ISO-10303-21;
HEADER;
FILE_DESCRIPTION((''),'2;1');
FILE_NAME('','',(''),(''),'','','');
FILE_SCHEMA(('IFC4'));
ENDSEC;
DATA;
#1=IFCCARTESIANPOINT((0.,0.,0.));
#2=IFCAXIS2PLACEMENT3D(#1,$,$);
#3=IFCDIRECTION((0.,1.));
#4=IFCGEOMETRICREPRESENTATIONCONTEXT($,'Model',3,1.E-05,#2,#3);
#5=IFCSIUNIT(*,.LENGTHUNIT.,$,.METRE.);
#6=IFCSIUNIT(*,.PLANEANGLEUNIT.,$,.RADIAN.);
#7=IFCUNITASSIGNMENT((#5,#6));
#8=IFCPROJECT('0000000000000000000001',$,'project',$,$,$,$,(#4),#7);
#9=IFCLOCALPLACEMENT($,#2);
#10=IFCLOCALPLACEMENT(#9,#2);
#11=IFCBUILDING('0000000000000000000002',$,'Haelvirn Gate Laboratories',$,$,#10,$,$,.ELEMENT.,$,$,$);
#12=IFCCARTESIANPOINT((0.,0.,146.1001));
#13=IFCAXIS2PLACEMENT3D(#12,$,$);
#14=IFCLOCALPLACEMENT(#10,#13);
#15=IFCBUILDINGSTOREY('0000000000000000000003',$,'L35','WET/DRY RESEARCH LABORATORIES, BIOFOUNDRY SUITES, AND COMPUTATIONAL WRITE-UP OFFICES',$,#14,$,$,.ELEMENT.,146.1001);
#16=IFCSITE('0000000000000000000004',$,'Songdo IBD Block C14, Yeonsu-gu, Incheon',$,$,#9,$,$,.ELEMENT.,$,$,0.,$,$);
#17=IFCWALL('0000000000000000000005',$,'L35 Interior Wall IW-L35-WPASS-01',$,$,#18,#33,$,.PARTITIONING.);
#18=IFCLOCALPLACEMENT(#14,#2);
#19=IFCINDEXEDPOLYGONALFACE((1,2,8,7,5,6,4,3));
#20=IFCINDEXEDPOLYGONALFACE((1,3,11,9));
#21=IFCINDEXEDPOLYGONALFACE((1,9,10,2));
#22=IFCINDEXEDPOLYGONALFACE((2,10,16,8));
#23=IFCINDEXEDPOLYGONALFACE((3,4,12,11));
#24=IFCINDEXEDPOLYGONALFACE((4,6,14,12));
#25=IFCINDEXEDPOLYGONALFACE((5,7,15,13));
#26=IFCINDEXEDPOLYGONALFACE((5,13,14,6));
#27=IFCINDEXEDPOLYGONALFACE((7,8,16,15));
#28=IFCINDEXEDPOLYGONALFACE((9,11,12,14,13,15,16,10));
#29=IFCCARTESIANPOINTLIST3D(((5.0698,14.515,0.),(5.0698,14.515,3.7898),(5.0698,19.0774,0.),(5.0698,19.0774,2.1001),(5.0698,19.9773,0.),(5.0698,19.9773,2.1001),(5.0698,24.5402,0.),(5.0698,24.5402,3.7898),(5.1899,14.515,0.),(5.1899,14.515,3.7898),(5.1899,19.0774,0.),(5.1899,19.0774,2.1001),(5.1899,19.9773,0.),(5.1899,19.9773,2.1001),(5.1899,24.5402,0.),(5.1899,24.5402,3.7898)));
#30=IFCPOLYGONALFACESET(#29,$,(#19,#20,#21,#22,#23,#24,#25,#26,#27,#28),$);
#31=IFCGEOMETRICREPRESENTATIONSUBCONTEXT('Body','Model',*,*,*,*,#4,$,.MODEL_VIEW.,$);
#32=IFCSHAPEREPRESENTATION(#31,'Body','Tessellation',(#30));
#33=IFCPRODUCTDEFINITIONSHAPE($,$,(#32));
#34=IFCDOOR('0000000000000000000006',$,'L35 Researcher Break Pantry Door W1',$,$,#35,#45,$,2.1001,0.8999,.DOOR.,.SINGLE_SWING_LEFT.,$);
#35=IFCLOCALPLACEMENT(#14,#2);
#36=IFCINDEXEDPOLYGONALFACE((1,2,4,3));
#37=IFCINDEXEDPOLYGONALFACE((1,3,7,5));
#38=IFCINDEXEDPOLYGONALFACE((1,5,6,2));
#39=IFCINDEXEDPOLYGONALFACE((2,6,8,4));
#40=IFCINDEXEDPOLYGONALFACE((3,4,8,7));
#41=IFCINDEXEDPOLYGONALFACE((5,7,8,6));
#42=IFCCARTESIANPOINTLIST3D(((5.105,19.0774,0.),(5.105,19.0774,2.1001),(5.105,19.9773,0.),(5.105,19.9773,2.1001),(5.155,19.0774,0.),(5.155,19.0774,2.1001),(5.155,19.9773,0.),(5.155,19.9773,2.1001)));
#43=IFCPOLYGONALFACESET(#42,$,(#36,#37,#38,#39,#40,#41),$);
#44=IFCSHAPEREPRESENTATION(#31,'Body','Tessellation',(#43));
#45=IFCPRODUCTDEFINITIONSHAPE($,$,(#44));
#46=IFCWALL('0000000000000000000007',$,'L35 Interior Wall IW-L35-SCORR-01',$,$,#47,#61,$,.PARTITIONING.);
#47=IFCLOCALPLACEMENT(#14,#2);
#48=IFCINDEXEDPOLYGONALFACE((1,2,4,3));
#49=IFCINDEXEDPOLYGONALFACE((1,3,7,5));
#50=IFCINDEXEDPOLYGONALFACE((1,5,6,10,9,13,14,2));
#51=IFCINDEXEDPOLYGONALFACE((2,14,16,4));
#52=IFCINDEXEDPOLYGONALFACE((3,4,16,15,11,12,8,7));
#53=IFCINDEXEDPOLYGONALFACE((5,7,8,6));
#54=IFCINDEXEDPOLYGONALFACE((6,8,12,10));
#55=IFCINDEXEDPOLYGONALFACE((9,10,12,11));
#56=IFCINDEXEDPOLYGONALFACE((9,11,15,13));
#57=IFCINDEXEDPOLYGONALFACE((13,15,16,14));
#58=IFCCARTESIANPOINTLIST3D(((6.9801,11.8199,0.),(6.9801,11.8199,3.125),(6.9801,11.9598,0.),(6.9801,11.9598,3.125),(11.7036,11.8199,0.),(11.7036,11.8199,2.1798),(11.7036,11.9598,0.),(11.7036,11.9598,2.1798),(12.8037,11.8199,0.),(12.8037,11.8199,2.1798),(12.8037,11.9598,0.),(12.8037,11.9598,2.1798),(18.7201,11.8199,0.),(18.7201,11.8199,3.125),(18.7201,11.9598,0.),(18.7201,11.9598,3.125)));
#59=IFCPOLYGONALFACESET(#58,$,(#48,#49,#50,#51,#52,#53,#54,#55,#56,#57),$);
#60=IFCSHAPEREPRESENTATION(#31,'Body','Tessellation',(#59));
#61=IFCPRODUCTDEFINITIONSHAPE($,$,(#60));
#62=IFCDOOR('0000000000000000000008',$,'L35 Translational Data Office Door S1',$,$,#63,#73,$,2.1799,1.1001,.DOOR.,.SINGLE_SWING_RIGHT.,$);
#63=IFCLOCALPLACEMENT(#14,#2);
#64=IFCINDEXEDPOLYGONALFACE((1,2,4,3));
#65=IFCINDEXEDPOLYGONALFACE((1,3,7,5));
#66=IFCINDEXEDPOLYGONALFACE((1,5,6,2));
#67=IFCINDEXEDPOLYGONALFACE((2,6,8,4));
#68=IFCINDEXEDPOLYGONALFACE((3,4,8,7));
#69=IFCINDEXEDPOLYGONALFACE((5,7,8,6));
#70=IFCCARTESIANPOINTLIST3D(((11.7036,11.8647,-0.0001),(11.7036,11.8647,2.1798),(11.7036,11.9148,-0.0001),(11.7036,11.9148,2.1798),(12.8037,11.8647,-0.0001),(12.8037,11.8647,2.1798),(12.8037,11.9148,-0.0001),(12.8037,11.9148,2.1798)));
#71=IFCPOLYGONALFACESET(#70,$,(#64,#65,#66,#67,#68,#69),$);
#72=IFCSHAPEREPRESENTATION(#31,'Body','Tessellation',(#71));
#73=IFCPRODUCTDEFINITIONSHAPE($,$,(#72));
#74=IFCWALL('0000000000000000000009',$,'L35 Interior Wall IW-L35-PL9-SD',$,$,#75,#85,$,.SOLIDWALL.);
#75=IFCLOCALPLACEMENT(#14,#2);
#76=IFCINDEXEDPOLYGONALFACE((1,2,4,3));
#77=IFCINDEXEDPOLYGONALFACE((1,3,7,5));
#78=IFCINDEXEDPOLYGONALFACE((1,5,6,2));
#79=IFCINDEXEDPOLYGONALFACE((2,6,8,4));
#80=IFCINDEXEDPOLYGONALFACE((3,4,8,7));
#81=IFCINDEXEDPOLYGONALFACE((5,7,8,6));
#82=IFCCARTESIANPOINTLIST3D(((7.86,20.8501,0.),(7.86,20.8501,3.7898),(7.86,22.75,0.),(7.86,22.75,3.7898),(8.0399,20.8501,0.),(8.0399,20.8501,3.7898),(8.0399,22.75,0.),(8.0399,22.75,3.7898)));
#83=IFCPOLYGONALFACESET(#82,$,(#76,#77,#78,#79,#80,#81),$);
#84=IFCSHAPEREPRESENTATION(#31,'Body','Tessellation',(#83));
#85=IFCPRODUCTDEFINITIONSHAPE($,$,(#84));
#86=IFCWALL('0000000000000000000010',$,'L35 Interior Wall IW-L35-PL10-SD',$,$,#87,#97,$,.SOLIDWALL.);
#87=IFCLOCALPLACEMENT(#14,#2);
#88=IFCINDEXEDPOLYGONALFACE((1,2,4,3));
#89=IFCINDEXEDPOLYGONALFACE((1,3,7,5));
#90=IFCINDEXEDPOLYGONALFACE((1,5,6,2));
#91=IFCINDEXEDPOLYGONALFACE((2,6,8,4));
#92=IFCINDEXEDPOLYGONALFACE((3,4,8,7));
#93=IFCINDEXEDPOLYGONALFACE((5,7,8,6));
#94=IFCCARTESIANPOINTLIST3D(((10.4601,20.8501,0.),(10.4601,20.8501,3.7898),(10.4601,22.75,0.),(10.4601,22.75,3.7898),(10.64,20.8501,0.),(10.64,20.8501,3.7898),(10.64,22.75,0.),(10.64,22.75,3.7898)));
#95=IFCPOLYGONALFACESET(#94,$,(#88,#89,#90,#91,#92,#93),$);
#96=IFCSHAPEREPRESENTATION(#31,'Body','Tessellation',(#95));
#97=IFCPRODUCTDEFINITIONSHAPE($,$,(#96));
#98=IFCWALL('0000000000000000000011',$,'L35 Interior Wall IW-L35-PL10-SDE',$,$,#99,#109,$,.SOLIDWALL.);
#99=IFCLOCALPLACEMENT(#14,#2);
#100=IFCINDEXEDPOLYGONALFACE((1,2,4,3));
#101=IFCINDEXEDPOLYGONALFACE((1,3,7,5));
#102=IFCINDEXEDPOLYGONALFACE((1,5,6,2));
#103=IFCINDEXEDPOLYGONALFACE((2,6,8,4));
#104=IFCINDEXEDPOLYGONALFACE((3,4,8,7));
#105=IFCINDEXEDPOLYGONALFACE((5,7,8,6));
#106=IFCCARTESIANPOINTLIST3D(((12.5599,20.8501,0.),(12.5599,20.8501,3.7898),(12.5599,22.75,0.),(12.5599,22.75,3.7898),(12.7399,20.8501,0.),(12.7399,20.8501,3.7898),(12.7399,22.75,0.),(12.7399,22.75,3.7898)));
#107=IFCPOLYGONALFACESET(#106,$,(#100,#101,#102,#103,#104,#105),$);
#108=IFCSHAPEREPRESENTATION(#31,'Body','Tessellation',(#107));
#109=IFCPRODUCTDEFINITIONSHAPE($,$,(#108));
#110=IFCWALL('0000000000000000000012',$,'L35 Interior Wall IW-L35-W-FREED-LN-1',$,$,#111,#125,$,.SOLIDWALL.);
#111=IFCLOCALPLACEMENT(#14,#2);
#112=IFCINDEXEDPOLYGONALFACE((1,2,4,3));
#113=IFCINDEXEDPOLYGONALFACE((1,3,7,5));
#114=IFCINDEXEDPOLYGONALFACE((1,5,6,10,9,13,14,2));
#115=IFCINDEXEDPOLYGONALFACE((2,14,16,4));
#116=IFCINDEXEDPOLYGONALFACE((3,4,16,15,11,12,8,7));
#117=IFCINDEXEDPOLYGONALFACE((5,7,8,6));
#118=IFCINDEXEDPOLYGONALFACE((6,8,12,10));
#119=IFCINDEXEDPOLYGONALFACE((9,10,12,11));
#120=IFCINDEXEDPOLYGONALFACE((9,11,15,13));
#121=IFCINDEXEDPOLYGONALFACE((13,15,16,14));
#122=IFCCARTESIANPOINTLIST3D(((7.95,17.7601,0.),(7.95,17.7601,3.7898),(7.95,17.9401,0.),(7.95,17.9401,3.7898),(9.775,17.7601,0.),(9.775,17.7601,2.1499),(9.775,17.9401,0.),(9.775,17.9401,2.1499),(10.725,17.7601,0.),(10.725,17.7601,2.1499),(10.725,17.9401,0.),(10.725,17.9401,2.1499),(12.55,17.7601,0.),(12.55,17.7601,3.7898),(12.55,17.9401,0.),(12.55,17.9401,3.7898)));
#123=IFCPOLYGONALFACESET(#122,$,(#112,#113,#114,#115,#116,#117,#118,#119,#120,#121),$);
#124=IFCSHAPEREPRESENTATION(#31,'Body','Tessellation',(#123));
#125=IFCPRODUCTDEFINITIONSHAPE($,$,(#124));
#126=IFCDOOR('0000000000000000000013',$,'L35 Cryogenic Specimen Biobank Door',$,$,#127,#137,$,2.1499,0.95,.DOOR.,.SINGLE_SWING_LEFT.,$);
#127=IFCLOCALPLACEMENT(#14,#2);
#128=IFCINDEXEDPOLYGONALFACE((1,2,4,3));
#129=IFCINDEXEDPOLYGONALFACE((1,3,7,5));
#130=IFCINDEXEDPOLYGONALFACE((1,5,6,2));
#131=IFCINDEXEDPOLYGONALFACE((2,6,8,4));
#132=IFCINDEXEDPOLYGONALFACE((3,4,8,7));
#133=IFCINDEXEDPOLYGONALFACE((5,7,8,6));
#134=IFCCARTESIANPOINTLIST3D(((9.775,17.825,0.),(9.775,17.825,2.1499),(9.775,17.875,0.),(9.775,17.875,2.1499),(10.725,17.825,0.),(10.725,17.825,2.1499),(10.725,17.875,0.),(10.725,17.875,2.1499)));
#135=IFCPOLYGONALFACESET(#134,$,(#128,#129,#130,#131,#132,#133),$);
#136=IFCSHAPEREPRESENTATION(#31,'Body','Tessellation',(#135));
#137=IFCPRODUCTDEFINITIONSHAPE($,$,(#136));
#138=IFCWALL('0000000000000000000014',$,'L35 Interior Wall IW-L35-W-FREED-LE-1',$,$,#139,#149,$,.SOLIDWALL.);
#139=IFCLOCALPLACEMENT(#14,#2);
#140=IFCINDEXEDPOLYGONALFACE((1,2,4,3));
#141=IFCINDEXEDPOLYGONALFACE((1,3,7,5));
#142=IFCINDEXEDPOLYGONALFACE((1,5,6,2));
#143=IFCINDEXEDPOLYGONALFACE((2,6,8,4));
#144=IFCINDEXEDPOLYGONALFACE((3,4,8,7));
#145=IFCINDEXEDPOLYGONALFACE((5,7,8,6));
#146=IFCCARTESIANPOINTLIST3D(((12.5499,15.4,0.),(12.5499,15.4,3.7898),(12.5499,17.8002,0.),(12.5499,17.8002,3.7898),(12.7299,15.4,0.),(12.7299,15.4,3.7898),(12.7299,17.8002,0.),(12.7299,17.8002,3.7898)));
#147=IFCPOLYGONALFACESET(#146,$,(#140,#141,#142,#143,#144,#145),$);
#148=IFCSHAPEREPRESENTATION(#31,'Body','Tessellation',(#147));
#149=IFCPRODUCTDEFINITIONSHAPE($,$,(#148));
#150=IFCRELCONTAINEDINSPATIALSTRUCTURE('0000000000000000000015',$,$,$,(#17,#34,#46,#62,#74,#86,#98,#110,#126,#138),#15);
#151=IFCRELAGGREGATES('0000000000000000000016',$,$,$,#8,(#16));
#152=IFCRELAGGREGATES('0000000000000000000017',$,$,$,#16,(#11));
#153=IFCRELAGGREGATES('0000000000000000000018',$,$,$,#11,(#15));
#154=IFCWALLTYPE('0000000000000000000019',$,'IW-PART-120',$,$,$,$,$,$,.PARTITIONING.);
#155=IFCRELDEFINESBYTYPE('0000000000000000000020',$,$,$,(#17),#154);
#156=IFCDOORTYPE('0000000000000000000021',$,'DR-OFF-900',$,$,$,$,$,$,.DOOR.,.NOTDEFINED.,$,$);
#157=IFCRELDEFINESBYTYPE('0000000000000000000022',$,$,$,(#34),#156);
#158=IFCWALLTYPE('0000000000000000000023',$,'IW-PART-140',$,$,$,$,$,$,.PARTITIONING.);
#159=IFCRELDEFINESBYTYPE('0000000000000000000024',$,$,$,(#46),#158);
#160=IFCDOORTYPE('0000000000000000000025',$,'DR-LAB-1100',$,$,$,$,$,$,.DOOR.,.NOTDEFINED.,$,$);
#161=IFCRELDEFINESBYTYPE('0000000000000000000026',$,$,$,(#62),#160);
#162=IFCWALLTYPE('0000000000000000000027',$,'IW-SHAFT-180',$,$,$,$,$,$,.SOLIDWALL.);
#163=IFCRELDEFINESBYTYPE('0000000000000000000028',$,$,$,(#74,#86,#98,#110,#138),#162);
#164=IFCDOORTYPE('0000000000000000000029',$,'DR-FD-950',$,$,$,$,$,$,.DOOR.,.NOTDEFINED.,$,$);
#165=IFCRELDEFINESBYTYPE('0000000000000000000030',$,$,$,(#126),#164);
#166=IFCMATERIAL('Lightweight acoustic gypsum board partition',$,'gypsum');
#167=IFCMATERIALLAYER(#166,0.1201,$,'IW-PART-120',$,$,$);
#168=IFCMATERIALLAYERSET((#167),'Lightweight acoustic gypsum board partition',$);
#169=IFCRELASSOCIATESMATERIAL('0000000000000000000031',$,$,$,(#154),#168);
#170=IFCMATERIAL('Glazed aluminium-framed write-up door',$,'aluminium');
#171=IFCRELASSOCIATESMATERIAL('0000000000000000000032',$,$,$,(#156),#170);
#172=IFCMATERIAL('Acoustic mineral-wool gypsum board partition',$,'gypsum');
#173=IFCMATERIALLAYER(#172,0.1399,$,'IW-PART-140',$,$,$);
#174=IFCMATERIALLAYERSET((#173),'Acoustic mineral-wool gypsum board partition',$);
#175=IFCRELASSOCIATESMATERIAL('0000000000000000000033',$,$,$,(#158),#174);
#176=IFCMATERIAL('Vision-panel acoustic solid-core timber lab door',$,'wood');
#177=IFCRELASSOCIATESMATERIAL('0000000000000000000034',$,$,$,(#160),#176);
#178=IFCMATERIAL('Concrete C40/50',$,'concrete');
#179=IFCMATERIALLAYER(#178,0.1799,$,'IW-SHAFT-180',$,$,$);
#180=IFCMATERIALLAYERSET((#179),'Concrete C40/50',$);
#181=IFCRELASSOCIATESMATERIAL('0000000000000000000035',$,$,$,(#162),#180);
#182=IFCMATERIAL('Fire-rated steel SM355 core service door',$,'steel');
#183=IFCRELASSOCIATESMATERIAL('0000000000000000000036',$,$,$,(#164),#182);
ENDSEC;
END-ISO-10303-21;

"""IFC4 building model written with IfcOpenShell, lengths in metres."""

from ifc_helpers import new_model, si_unit, direction, frame, frame_2d, origin, place, context, subcontext, project, spatial, rectangle, extrude, source, transform, mapped, material, layer, layer_set, type_object, type_shapes, element, fill, save


model = new_model("IFC4")

# Units and contexts
model_context = context("Model", 3, precision=1e-05, world=origin(), true_north=direction((0.0, 1.0)))
body_context = subcontext(model_context, "Body", "Model", "MODEL_VIEW")
ifc_project = project(units=[si_unit("LENGTHUNIT", "METRE"), si_unit("PLANEANGLEUNIT", "RADIAN")], contexts=[model_context])

# Site, building, storey
site_placement = place(None, origin())
site = spatial("IfcSite", under=ifc_project, at=site_placement, Name="Songdo IBD Block C14, Yeonsu-gu, Incheon", CompositionType="ELEMENT", RefElevation=0.0)
building_placement = place(site_placement, origin())
building = spatial("IfcBuilding", under=site, at=building_placement, Name="Haelvirn Gate Laboratories", CompositionType="ELEMENT")
storey_placement = place(building_placement, frame((0.0, 0.0, 146.1001)))
storey = spatial("IfcBuildingStorey", under=building, at=storey_placement, Name="L35", Description="WET/DRY RESEARCH LABORATORIES, BIOFOUNDRY SUITES, AND COMPUTATIONAL WRITE-UP OFFICES", CompositionType="ELEMENT", Elevation=146.1001)

# Shared definitions
ifc_material_1 = material(Name="Lightweight acoustic gypsum board partition", Category="gypsum")
ifc_layer_1 = layer(ifc_material_1, 0.1201, Name="IW-PART-120")
ifc_layer_set_1 = layer_set([ifc_layer_1], Name="Lightweight acoustic gypsum board partition")
wall_type_1 = type_object("IfcWallType", Name="IW-PART-120", PredefinedType="PARTITIONING", material=ifc_layer_set_1)

# Walls, openings, doors
wall_1_placement = place(storey_placement, frame((5.1299, 14.5149, 0.0), z_axis=(0.0, 0.0, 1.0), x_axis=(0.0, 1.0, 0.0)))
wall_1 = element("IfcWall", 1, at=wall_1_placement, inside=storey, type_object=wall_type_1, Name="L35 Interior Wall IW-L35-WPASS-01", PredefinedType="PARTITIONING", context=body_context, shape_type="SweptSolid", body=[
    extrude(rectangle(XDim=10.0251, YDim=0.1201, at=frame_2d((5.0127, 0.0))), origin(), (0.0, 0.0, 1.0), 3.7898),
])
opening_1_placement = place(wall_1_placement, frame((4.5625, 0.0, 0.0)))
opening_1 = element("IfcOpeningElement", 2, at=opening_1_placement, cuts=wall_1, PredefinedType="OPENING", context=body_context, shape_type="SweptSolid", body=[
    extrude(rectangle(XDim=0.8999, YDim=2.1001, at=frame_2d((0.45, 1.05))), frame((0.0, 0.0701, 0.0), z_axis=(0.0, -1.0, 0.0), x_axis=(1.0, 0.0, 0.0)), (0.0, 0.0, 1.0), 0.1401),
])
ifc_material_2 = material(Name="Glazed aluminium-framed write-up door", Category="aluminium")
door_type_1 = type_object("IfcDoorType", Name="DR-OFF-900", OperationType="NOTDEFINED", PredefinedType="DOOR", material=ifc_material_2)
shared_shape_1 = source(origin(), body_context, "Body", "SweptSolid", [
    extrude(rectangle(XDim=0.8999, YDim=2.1001, at=frame_2d((0.45, 1.05))), frame((0.0, 0.0249, 0.0), z_axis=(0.0, -1.0, 0.0), x_axis=(1.0, 0.0, 0.0)), (0.0, 0.0, 1.0), 0.05),
])
type_shapes(door_type_1, [shared_shape_1])
door_1_placement = place(opening_1_placement, origin())
door_1 = element("IfcDoor", 3, at=door_1_placement, inside=storey, type_object=door_type_1, Name="L35 Researcher Break Pantry Door W1", OperationType="SINGLE_SWING_LEFT", OverallHeight=2.1001, OverallWidth=0.8999, PredefinedType="DOOR", context=body_context, shape_type="MappedRepresentation", body=[
    mapped(shared_shape_1, transform((0.0, 0.0, 0.0), scale=1.0)),
])
fill(opening_1, door_1)
ifc_material_3 = material(Name="Acoustic mineral-wool gypsum board partition", Category="gypsum")
ifc_layer_2 = layer(ifc_material_3, 0.1399, Name="IW-PART-140")
ifc_layer_set_2 = layer_set([ifc_layer_2], Name="Acoustic mineral-wool gypsum board partition")
wall_type_2 = type_object("IfcWallType", Name="IW-PART-140", PredefinedType="PARTITIONING", material=ifc_layer_set_2)
wall_2_placement = place(storey_placement, frame((6.98, 11.8899, 0.0), z_axis=(0.0, 0.0, 1.0), x_axis=(1.0, 0.0, 0.0)))
wall_2 = element("IfcWall", 4, at=wall_2_placement, inside=storey, type_object=wall_type_2, Name="L35 Interior Wall IW-L35-SCORR-01", PredefinedType="PARTITIONING", context=body_context, shape_type="SweptSolid", body=[
    extrude(rectangle(XDim=11.74, YDim=0.1399, at=frame_2d((5.8701, 0.0))), origin(), (0.0, 0.0, 1.0), 3.125),
])
opening_2_placement = place(wall_2_placement, frame((4.7236, 0.0, 0.0)))
opening_2 = element("IfcOpeningElement", 5, at=opening_2_placement, cuts=wall_2, PredefinedType="OPENING", context=body_context, shape_type="SweptSolid", body=[
    extrude(rectangle(XDim=1.1001, YDim=2.1799, at=frame_2d((0.55, 1.0898))), frame((0.0, 0.0801, 0.0), z_axis=(0.0, -1.0, 0.0), x_axis=(1.0, 0.0, 0.0)), (0.0, 0.0, 1.0), 0.1599),
])
ifc_material_4 = material(Name="Vision-panel acoustic solid-core timber lab door", Category="wood")
door_type_2 = type_object("IfcDoorType", Name="DR-LAB-1100", OperationType="NOTDEFINED", PredefinedType="DOOR", material=ifc_material_4)
shared_shape_2 = source(origin(), body_context, "Body", "SweptSolid", [
    extrude(rectangle(XDim=1.1001, YDim=2.1799, at=frame_2d((0.55, 1.0898))), frame((0.0, 0.0249, 0.0), z_axis=(0.0, -1.0, 0.0), x_axis=(1.0, 0.0, 0.0)), (0.0, 0.0, 1.0), 0.05),
])
type_shapes(door_type_2, [shared_shape_2])
door_2_placement = place(opening_2_placement, origin())
door_2 = element("IfcDoor", 6, at=door_2_placement, inside=storey, type_object=door_type_2, Name="L35 Translational Data Office Door S1", OperationType="SINGLE_SWING_RIGHT", OverallHeight=2.1799, OverallWidth=1.1001, PredefinedType="DOOR", context=body_context, shape_type="MappedRepresentation", body=[
    mapped(shared_shape_2, transform((0.0, 0.0, 0.0), scale=1.0)),
])
fill(opening_2, door_2)

# Walls
ifc_material_5 = material(Name="Concrete C40/50", Category="concrete")
ifc_layer_3 = layer(ifc_material_5, 0.1799, Name="IW-SHAFT-180")
ifc_layer_set_3 = layer_set([ifc_layer_3], Name="Concrete C40/50")
wall_type_3 = type_object("IfcWallType", Name="IW-SHAFT-180", PredefinedType="SOLIDWALL", material=ifc_layer_set_3)
for number, where, z_axis, x_axis, name in (
    (7, (7.95, 20.8501, 0.0), (0.0, 0.0, 1.0), (0.0, 1.0, 0.0), "L35 Interior Wall IW-L35-PL9-SD"),
    (8, (10.55, 20.8501, 0.0), (0.0, 0.0, 1.0), (0.0, 1.0, 0.0), "L35 Interior Wall IW-L35-PL10-SD"),
    (9, (12.6499, 20.8501, 0.0), (0.0, 0.0, 1.0), (0.0, 1.0, 0.0), "L35 Interior Wall IW-L35-PL10-SDE"),
):
    element("IfcWall", number, at=place(storey_placement, frame(where, z_axis=z_axis, x_axis=x_axis)), inside=storey, type_object=wall_type_3, Name=name, PredefinedType="SOLIDWALL", context=body_context, shape_type="SweptSolid", body=[
        extrude(rectangle(XDim=1.8999, YDim=0.1799, at=frame_2d((0.95, 0.0))), origin(), (0.0, 0.0, 1.0), 3.7898),
    ])

# Wall, opening, door
wall_3_placement = place(storey_placement, frame((7.95, 17.8501, 0.0), z_axis=(0.0, 0.0, 1.0), x_axis=(1.0, 0.0, 0.0)))
wall_3 = element("IfcWall", 10, at=wall_3_placement, inside=storey, type_object=wall_type_3, Name="L35 Interior Wall IW-L35-W-FREED-LN-1", PredefinedType="SOLIDWALL", context=body_context, shape_type="SweptSolid", body=[
    extrude(rectangle(XDim=4.6001, YDim=0.1799, at=frame_2d((2.3, 0.0))), origin(), (0.0, 0.0, 1.0), 3.7898),
])
opening_3_placement = place(wall_3_placement, frame((1.825, 0.0, 0.0)))
opening_3 = element("IfcOpeningElement", 11, at=opening_3_placement, cuts=wall_3, PredefinedType="OPENING", context=body_context, shape_type="SweptSolid", body=[
    extrude(rectangle(XDim=0.95, YDim=2.1499, at=frame_2d((0.4751, 1.075))), frame((0.0, 0.1001, 0.0), z_axis=(0.0, -1.0, 0.0), x_axis=(1.0, 0.0, 0.0)), (0.0, 0.0, 1.0), 0.2),
])
ifc_material_6 = material(Name="Fire-rated steel SM355 core service door", Category="steel")
door_type_3 = type_object("IfcDoorType", Name="DR-FD-950", OperationType="NOTDEFINED", PredefinedType="DOOR", material=ifc_material_6)
shared_shape_3 = source(origin(), body_context, "Body", "SweptSolid", [
    extrude(rectangle(XDim=0.95, YDim=2.1499, at=frame_2d((0.4751, 1.075))), frame((0.0, 0.0249, 0.0), z_axis=(0.0, -1.0, 0.0), x_axis=(1.0, 0.0, 0.0)), (0.0, 0.0, 1.0), 0.05),
])
type_shapes(door_type_3, [shared_shape_3])
door_3_placement = place(opening_3_placement, origin())
door_3 = element("IfcDoor", 12, at=door_3_placement, inside=storey, type_object=door_type_3, Name="L35 Cryogenic Specimen Biobank Door", OperationType="SINGLE_SWING_LEFT", OverallHeight=2.1499, OverallWidth=0.95, PredefinedType="DOOR", context=body_context, shape_type="MappedRepresentation", body=[
    mapped(shared_shape_3, transform((0.0, 0.0, 0.0), scale=1.0)),
])
fill(opening_3, door_3)

# Wall
wall_4_placement = place(storey_placement, frame((12.6399, 15.3999, 0.0), z_axis=(0.0, 0.0, 1.0), x_axis=(0.0, 1.0, 0.0)))
element("IfcWall", 13, at=wall_4_placement, inside=storey, type_object=wall_type_3, Name="L35 Interior Wall IW-L35-W-FREED-LE-1", PredefinedType="SOLIDWALL", context=body_context, shape_type="SweptSolid", body=[
    extrude(rectangle(XDim=2.4001, YDim=0.1799, at=frame_2d((1.2002, 0.0))), origin(), (0.0, 0.0, 1.0), 3.7898),
])

save(model, "model.ifc")
